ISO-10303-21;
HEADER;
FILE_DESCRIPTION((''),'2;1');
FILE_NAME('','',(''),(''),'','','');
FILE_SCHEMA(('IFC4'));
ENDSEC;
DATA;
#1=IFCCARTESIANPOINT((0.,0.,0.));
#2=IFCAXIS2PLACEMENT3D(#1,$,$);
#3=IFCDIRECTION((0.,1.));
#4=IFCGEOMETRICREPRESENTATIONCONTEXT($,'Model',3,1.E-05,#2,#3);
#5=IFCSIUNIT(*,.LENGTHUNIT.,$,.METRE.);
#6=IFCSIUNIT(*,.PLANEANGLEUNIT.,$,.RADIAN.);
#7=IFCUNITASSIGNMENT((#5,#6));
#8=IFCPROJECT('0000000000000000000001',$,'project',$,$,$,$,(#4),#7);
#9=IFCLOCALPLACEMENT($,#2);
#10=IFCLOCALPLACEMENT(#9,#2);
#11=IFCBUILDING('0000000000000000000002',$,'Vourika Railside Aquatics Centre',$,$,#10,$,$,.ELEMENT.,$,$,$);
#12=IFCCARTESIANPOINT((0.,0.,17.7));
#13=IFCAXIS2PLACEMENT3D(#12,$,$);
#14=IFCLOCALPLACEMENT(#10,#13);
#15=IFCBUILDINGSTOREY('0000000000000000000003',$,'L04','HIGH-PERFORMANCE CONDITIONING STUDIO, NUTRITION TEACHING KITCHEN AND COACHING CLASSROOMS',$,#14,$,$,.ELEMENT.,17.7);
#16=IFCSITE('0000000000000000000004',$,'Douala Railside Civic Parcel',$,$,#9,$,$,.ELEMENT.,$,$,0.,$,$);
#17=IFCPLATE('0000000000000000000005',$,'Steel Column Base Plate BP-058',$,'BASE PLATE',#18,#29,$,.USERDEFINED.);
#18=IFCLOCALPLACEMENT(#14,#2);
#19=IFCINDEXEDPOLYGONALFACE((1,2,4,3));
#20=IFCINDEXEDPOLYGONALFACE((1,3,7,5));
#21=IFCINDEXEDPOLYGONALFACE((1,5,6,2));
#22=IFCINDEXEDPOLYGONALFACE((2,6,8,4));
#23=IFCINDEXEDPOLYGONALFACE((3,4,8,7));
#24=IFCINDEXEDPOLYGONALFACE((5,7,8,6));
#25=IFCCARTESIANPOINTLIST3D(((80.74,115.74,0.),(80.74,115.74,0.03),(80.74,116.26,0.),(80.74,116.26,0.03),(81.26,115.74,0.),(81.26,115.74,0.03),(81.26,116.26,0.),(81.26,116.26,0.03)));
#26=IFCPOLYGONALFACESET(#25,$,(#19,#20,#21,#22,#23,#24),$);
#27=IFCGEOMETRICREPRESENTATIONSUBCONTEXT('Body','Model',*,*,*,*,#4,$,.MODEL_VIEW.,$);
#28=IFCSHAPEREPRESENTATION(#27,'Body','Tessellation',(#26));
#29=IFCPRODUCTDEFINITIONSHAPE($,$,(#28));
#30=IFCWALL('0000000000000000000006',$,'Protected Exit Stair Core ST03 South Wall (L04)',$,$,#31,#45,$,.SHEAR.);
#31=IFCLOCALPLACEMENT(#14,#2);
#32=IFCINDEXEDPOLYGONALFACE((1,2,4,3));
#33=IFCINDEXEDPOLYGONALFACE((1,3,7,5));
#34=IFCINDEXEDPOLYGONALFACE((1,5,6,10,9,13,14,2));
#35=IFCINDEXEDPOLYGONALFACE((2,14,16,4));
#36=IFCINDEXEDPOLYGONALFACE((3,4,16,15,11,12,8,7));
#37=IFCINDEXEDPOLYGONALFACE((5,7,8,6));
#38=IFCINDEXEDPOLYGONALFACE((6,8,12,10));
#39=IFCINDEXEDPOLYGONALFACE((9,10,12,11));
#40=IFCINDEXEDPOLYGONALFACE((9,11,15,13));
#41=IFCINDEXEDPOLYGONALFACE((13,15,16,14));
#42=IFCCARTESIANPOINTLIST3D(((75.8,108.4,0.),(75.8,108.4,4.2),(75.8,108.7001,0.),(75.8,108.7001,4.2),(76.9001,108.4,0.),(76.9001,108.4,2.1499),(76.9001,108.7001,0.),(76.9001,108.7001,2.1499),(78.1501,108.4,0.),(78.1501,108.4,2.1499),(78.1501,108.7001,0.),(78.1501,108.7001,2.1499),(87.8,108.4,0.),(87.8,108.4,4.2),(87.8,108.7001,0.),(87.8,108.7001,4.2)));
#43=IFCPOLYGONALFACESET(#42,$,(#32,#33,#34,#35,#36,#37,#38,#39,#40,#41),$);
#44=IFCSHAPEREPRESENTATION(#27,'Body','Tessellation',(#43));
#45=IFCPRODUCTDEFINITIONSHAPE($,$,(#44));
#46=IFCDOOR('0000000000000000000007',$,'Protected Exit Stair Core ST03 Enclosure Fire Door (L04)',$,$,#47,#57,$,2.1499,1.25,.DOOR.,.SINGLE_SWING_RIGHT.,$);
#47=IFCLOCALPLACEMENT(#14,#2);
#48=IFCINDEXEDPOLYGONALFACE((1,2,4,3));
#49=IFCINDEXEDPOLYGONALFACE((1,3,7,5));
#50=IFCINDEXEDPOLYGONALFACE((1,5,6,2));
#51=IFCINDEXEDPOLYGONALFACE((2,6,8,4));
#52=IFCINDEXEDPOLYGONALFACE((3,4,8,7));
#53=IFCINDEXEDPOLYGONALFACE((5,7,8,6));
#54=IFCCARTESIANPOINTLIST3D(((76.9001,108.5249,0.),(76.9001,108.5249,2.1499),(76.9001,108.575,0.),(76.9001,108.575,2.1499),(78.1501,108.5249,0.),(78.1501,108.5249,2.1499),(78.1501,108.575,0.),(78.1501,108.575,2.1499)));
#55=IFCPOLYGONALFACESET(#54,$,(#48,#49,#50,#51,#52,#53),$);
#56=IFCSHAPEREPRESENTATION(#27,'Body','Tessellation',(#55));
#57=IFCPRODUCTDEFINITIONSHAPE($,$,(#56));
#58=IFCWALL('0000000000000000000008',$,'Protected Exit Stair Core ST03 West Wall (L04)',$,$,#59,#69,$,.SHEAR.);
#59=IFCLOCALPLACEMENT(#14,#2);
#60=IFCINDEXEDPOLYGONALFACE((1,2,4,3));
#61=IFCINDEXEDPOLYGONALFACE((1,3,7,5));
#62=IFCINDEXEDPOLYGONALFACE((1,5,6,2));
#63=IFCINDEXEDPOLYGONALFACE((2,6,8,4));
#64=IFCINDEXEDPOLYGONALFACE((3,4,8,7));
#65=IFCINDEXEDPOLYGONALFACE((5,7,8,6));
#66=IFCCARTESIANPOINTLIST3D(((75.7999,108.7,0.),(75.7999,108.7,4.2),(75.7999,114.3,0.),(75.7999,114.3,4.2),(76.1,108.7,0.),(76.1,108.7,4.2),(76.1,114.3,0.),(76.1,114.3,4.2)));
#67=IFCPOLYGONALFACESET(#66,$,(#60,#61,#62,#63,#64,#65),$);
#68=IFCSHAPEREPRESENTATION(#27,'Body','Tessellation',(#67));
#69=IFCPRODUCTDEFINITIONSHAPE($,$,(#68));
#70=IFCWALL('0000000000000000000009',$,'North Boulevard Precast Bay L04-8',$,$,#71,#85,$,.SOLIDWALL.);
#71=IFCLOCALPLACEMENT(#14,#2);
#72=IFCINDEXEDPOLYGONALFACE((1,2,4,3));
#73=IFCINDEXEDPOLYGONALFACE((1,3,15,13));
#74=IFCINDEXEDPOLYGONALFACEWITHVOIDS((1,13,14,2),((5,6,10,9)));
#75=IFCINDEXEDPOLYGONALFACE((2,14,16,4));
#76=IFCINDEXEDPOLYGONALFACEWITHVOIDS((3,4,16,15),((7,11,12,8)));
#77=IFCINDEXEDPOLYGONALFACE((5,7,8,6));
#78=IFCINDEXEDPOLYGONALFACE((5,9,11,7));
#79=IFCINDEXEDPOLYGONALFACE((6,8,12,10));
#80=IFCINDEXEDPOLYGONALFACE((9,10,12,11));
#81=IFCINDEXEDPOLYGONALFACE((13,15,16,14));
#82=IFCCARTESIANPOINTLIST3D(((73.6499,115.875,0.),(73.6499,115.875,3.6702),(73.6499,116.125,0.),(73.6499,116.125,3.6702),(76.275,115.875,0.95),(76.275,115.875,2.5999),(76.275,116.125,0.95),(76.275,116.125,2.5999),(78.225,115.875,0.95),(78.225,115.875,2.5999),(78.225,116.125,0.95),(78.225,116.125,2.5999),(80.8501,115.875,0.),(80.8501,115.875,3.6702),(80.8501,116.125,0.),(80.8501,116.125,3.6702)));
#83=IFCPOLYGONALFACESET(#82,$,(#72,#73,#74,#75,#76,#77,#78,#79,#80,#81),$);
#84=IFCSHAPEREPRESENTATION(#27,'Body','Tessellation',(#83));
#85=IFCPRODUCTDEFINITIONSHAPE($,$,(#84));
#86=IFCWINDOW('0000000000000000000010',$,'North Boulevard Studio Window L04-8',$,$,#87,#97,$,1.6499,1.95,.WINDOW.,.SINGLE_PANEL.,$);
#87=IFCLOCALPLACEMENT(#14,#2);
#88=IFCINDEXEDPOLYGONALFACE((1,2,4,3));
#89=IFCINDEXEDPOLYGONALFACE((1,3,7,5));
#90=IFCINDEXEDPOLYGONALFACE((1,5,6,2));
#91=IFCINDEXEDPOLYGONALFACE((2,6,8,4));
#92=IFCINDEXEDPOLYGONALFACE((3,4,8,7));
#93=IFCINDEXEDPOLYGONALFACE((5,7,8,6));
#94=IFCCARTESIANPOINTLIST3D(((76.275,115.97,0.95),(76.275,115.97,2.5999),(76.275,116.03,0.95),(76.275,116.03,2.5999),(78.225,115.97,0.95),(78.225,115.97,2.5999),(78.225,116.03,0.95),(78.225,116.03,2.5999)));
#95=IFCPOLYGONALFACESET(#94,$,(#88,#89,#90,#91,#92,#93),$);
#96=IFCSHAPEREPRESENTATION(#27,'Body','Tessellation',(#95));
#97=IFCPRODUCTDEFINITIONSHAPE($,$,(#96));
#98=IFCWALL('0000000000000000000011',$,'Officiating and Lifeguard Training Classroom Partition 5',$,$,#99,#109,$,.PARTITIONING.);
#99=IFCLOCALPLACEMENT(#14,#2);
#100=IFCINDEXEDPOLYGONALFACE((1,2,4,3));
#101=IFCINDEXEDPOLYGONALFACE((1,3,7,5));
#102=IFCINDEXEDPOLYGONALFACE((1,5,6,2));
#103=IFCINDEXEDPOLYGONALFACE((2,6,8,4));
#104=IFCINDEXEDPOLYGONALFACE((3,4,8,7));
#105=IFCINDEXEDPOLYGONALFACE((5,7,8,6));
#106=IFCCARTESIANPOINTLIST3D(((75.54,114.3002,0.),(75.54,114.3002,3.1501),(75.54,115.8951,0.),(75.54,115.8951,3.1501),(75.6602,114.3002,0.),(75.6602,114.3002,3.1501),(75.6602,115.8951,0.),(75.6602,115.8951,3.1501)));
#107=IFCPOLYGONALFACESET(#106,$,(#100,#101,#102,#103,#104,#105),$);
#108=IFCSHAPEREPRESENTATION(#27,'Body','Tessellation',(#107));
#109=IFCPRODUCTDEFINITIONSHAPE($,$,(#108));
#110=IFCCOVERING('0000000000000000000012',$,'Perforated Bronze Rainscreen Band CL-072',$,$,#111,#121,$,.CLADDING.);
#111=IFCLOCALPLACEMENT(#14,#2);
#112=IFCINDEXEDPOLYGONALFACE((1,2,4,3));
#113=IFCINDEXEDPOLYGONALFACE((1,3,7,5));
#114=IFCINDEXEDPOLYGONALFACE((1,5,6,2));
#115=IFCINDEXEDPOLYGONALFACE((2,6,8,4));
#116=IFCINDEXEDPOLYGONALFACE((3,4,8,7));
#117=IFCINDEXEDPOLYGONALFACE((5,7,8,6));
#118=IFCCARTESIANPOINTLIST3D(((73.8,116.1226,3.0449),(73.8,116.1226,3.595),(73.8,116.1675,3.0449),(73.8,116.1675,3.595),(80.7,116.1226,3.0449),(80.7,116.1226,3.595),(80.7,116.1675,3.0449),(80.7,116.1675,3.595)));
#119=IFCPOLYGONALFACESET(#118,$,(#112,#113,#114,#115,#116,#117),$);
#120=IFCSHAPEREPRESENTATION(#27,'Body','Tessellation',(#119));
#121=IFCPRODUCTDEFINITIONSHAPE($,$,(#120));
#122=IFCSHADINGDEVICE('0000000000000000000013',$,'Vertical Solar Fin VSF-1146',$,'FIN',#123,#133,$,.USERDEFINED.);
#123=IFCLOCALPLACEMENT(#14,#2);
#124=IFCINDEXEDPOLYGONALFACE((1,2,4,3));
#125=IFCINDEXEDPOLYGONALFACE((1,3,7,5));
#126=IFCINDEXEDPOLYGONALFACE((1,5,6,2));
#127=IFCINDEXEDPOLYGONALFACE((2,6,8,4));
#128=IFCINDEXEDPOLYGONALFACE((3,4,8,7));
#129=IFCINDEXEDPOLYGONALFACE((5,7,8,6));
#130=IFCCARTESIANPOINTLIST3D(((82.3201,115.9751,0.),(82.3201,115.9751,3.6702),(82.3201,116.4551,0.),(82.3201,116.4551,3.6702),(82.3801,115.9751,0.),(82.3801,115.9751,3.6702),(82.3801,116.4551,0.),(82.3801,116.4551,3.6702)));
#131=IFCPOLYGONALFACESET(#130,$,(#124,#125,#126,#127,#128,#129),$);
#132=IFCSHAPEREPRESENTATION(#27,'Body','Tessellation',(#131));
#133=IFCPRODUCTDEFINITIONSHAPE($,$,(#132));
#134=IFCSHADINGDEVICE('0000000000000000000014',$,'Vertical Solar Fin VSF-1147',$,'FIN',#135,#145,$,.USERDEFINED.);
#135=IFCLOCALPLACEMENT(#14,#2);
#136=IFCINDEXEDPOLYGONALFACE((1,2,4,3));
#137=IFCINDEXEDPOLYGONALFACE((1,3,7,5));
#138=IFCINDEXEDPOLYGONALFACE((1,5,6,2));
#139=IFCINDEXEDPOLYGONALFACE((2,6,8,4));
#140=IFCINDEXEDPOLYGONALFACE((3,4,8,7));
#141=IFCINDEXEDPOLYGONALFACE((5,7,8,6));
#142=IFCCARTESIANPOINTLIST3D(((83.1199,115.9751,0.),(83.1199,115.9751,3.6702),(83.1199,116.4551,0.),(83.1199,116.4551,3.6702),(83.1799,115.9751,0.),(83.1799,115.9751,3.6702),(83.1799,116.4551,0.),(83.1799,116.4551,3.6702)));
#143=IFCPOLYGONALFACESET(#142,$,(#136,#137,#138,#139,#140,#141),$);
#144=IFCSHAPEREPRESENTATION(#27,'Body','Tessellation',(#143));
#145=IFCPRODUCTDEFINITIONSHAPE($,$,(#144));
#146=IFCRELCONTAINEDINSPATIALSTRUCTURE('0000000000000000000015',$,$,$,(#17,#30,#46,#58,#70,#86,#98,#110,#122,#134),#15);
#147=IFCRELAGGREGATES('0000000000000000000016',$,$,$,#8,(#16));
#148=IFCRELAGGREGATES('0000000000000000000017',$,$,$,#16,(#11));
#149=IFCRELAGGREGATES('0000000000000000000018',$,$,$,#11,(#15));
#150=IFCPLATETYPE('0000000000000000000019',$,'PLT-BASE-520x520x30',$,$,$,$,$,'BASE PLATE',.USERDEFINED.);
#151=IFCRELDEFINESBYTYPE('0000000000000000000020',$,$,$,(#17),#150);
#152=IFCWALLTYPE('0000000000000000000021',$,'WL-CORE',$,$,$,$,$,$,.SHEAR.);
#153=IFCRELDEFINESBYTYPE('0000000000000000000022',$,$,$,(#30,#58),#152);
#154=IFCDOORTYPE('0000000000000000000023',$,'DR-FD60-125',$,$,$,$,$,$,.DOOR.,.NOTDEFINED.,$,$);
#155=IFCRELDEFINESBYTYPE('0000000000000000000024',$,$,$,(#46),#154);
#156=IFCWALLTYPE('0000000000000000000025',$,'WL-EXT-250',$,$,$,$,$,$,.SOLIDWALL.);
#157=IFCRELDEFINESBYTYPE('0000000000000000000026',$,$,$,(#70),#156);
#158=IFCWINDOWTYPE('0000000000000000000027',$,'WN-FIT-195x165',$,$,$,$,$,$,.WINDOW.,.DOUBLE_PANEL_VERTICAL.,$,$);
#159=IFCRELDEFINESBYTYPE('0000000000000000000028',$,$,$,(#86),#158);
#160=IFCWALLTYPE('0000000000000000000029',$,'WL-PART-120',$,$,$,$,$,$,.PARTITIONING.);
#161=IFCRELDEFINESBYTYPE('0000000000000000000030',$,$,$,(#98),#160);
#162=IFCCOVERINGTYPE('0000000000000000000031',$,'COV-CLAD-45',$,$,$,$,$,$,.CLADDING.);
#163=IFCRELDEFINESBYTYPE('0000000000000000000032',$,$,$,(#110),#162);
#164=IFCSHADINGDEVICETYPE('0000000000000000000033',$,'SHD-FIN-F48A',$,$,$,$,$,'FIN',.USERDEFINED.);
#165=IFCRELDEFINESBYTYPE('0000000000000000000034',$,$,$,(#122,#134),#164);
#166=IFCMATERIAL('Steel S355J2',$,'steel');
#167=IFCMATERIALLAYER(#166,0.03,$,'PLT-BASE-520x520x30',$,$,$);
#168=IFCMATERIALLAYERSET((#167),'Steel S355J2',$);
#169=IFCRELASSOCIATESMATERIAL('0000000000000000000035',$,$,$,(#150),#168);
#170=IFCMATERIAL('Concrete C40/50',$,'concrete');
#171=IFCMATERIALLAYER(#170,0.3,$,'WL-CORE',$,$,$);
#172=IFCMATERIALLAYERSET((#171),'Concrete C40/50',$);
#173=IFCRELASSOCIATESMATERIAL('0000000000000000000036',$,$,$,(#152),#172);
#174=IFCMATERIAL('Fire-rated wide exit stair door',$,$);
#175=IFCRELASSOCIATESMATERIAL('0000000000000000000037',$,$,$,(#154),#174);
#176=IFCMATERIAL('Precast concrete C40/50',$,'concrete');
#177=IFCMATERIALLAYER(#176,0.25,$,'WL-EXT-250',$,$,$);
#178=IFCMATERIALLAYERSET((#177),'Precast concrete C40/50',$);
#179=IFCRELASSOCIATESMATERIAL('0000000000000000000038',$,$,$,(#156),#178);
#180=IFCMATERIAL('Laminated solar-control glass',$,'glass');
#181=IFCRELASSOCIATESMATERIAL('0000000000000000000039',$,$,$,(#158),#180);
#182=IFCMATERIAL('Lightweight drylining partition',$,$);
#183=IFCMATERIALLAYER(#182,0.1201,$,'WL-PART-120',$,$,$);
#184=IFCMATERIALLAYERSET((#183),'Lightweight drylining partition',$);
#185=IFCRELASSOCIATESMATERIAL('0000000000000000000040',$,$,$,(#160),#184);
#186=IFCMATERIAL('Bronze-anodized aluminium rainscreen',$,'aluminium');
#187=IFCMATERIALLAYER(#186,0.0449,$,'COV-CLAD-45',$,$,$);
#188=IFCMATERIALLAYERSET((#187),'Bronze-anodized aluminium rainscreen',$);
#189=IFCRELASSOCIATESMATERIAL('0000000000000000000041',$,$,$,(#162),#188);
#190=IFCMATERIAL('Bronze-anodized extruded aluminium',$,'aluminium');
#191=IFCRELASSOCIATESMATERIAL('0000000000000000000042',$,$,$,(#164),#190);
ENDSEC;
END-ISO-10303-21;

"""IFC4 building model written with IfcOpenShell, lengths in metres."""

from ifc_helpers import new_model, si_unit, direction, frame, frame_2d, origin, origin_2d, place, context, subcontext, project, spatial, rectangle, extrude, material, layer, layer_set, material_profile, profile_set, type_object, element, fill, save


model = new_model("IFC4")

# Units and contexts
model_context = context("Model", 3, precision=1e-05, world=origin(), true_north=direction((0.0, 1.0)))
body_context = subcontext(model_context, "Body", "Model", "MODEL_VIEW")
ifc_project = project(units=[si_unit("LENGTHUNIT", "METRE"), si_unit("PLANEANGLEUNIT", "RADIAN")], contexts=[model_context])

# Site, building, storey
site_placement = place(None, origin())
site = spatial("IfcSite", under=ifc_project, at=site_placement, Name="Douala Railside Civic Parcel", CompositionType="ELEMENT", RefElevation=0.0)
building_placement = place(site_placement, origin())
building = spatial("IfcBuilding", under=site, at=building_placement, Name="Vourika Railside Aquatics Centre", CompositionType="ELEMENT")
storey_placement = place(building_placement, frame((0.0, 0.0, 17.7)))
storey = spatial("IfcBuildingStorey", under=building, at=storey_placement, Name="L04", Description="HIGH-PERFORMANCE CONDITIONING STUDIO, NUTRITION TEACHING KITCHEN AND COACHING CLASSROOMS", CompositionType="ELEMENT", Elevation=17.7)

# Shared definitions
ifc_material_1 = material(Name="Steel S355J2", Category="steel")

# Plate
ifc_layer_1 = layer(ifc_material_1, 0.03, Name="PLT-BASE-520x520x30")
ifc_layer_set_1 = layer_set([ifc_layer_1], Name="Steel S355J2")
plate_type_1 = type_object("IfcPlateType", Name="PLT-BASE-520x520x30", ElementType="BASE PLATE", PredefinedType="USERDEFINED", material=ifc_layer_set_1)
plate_1_placement = place(storey_placement, frame((81.0, 116.0, 0.0), z_axis=(0.0, 0.0, 1.0), x_axis=(1.0, 0.0, 0.0)))
element("IfcPlate", 1, at=plate_1_placement, inside=storey, type_object=plate_type_1, Name="Steel Column Base Plate BP-058", ObjectType="BASE PLATE", PredefinedType="USERDEFINED", context=body_context, shape_type="SweptSolid", body=[
    extrude(rectangle(XDim=0.52, YDim=0.52, at=origin_2d()), origin(), (0.0, 0.0, 1.0), 0.03),
])

# Wall, opening, door
ifc_material_2 = material(Name="Concrete C40/50", Category="concrete")
ifc_layer_2 = layer(ifc_material_2, 0.3, Name="WL-CORE")
ifc_layer_set_2 = layer_set([ifc_layer_2], Name="Concrete C40/50")
wall_type_1 = type_object("IfcWallType", Name="WL-CORE", PredefinedType="SHEAR", material=ifc_layer_set_2)
wall_1_placement = place(storey_placement, frame((75.8, 108.55, 0.0), z_axis=(0.0, 0.0, 1.0), x_axis=(1.0, 0.0, 0.0)))
wall_1 = element("IfcWall", 2, at=wall_1_placement, inside=storey, type_object=wall_type_1, Name="Protected Exit Stair Core ST03 South Wall (L04)", PredefinedType="SHEAR", context=body_context, shape_type="SweptSolid", body=[
    extrude(rectangle(XDim=12.0, YDim=0.3, at=frame_2d((6.0, 0.0))), origin(), (0.0, 0.0, 1.0), 4.2),
])
opening_1_placement = place(wall_1_placement, frame((1.1001, 0.0, 0.0)))
opening_1 = element("IfcOpeningElement", 3, at=opening_1_placement, cuts=wall_1, PredefinedType="OPENING", context=body_context, shape_type="SweptSolid", body=[
    extrude(rectangle(XDim=1.25, YDim=2.1499, at=frame_2d((0.625, 1.075))), frame((0.0, 0.1602, 0.0), z_axis=(0.0, -1.0, 0.0), x_axis=(1.0, 0.0, 0.0)), (0.0, 0.0, 1.0), 0.3201),
])
ifc_material_3 = material(Name="Fire-rated wide exit stair door")
door_type = type_object("IfcDoorType", Name="DR-FD60-125", OperationType="NOTDEFINED", PredefinedType="DOOR", material=ifc_material_3)
door_placement = place(opening_1_placement, origin())
door = element("IfcDoor", 4, at=door_placement, inside=storey, type_object=door_type, Name="Protected Exit Stair Core ST03 Enclosure Fire Door (L04)", OperationType="SINGLE_SWING_RIGHT", OverallHeight=2.1499, OverallWidth=1.25, PredefinedType="DOOR", context=body_context, shape_type="SweptSolid", body=[
    extrude(rectangle(XDim=1.25, YDim=2.1499, at=frame_2d((0.625, 1.075))), frame((0.0, 0.0249, 0.0), z_axis=(0.0, -1.0, 0.0), x_axis=(1.0, 0.0, 0.0)), (0.0, 0.0, 1.0), 0.05),
])
fill(opening_1, door)

# Wall
wall_2_placement = place(storey_placement, frame((75.95, 114.3, 0.0), z_axis=(0.0, 0.0, 1.0), x_axis=(0.0, -1.0, 0.0)))
element("IfcWall", 5, at=wall_2_placement, inside=storey, type_object=wall_type_1, Name="Protected Exit Stair Core ST03 West Wall (L04)", PredefinedType="SHEAR", context=body_context, shape_type="SweptSolid", body=[
    extrude(rectangle(XDim=5.6001, YDim=0.3, at=frame_2d((2.8, 0.0))), origin(), (0.0, 0.0, 1.0), 4.2),
])

# Wall, opening, window
ifc_material_4 = material(Name="Precast concrete C40/50", Category="concrete")
ifc_layer_3 = layer(ifc_material_4, 0.25, Name="WL-EXT-250")
ifc_layer_set_3 = layer_set([ifc_layer_3], Name="Precast concrete C40/50")
wall_type_2 = type_object("IfcWallType", Name="WL-EXT-250", PredefinedType="SOLIDWALL", material=ifc_layer_set_3)
wall_3_placement = place(storey_placement, frame((80.8501, 116.0, 0.0), z_axis=(0.0, 0.0, 1.0), x_axis=(-1.0, 0.0, 0.0)))
wall_3 = element("IfcWall", 6, at=wall_3_placement, inside=storey, type_object=wall_type_2, Name="North Boulevard Precast Bay L04-8", PredefinedType="SOLIDWALL", context=body_context, shape_type="SweptSolid", body=[
    extrude(rectangle(XDim=7.2002, YDim=0.25, at=frame_2d((3.6001, 0.0))), origin(), (0.0, 0.0, 1.0), 3.6702),
])
opening_2_placement = place(wall_3_placement, frame((2.625, 0.0, 0.95)))
opening_2 = element("IfcOpeningElement", 7, at=opening_2_placement, cuts=wall_3, PredefinedType="OPENING", context=body_context, shape_type="SweptSolid", body=[
    extrude(rectangle(XDim=1.95, YDim=1.6499, at=frame_2d((0.9751, 0.825))), frame((0.0, 0.135, 0.0), z_axis=(0.0, -1.0, 0.0), x_axis=(1.0, 0.0, 0.0)), (0.0, 0.0, 1.0), 0.27),
])
ifc_material_5 = material(Name="Laminated solar-control glass", Category="glass")
window_type = type_object("IfcWindowType", Name="WN-FIT-195x165", PartitioningType="DOUBLE_PANEL_VERTICAL", PredefinedType="WINDOW", material=ifc_material_5)
window_placement = place(opening_2_placement, origin())
window = element("IfcWindow", 8, at=window_placement, inside=storey, type_object=window_type, Name="North Boulevard Studio Window L04-8", OverallHeight=1.6499, OverallWidth=1.95, PartitioningType="SINGLE_PANEL", PredefinedType="WINDOW", context=body_context, shape_type="SweptSolid", body=[
    extrude(rectangle(XDim=1.95, YDim=1.6499, at=frame_2d((0.9751, 0.825))), frame((0.0, 0.03, 0.0), z_axis=(0.0, -1.0, 0.0), x_axis=(1.0, 0.0, 0.0)), (0.0, 0.0, 1.0), 0.0601),
])
fill(opening_2, window)

# Wall
ifc_material_6 = material(Name="Lightweight drylining partition")
ifc_layer_4 = layer(ifc_material_6, 0.1201, Name="WL-PART-120")
ifc_layer_set_4 = layer_set([ifc_layer_4], Name="Lightweight drylining partition")
wall_type_3 = type_object("IfcWallType", Name="WL-PART-120", PredefinedType="PARTITIONING", material=ifc_layer_set_4)
wall_4_placement = place(storey_placement, frame((75.6001, 115.895, 0.0), z_axis=(0.0, 0.0, 1.0), x_axis=(0.0, -1.0, 0.0)))
element("IfcWall", 9, at=wall_4_placement, inside=storey, type_object=wall_type_3, Name="Officiating and Lifeguard Training Classroom Partition 5", PredefinedType="PARTITIONING", context=body_context, shape_type="SweptSolid", body=[
    extrude(rectangle(XDim=1.595, YDim=0.1201, at=frame_2d((0.7974, 0.0))), origin(), (0.0, 0.0, 1.0), 3.1501),
])

# Covering
ifc_material_7 = material(Name="Bronze-anodized aluminium rainscreen", Category="aluminium")
ifc_layer_5 = layer(ifc_material_7, 0.0449, Name="COV-CLAD-45")
ifc_layer_set_5 = layer_set([ifc_layer_5], Name="Bronze-anodized aluminium rainscreen")
covering_type = type_object("IfcCoveringType", Name="COV-CLAD-45", PredefinedType="CLADDING", material=ifc_layer_set_5)
covering_placement = place(storey_placement, frame((77.25, 116.145, 3.0449), z_axis=(0.0, 0.0, 1.0), x_axis=(-1.0, 0.0, 0.0)))
element("IfcCovering", 10, at=covering_placement, inside=storey, type_object=covering_type, Name="Perforated Bronze Rainscreen Band CL-072", PredefinedType="CLADDING", context=body_context, shape_type="SweptSolid", body=[
    extrude(rectangle(XDim=6.8999, YDim=0.0449, at=origin_2d()), origin(), (0.0, 0.0, 1.0), 0.55),
])

# Shading devices
ifc_material_8 = material(Name="Bronze-anodized extruded aluminium", Category="aluminium")
ifc_material_profile_1 = material_profile(ifc_material_8, rectangle(XDim=0.0601, YDim=0.48, at=origin_2d()), Name="ALU-FIN 60x480")
ifc_profile_set_1 = profile_set([ifc_material_profile_1], Name="Bronze-anodized extruded aluminium")
shading_device_type = type_object("IfcShadingDeviceType", Name="SHD-FIN-F48A", ElementType="FIN", PredefinedType="USERDEFINED", material=ifc_profile_set_1)
for number, where, z_axis, x_axis, name in (
    (11, (82.3501, 116.2151, 0.0), (0.0, 0.0, 1.0), (1.0, 0.0, 0.0), "Vertical Solar Fin VSF-1146"),
    (12, (83.1499, 116.2151, 0.0), (0.0, 0.0, 1.0), (1.0, 0.0, 0.0), "Vertical Solar Fin VSF-1147"),
):
    element("IfcShadingDevice", number, at=place(storey_placement, frame(where, z_axis=z_axis, x_axis=x_axis)), inside=storey, type_object=shading_device_type, Name=name, ObjectType="FIN", PredefinedType="USERDEFINED", context=body_context, shape_type="SweptSolid", body=[
        extrude(rectangle(XDim=0.0601, YDim=0.48, at=origin_2d()), origin(), (0.0, 0.0, 1.0), 3.6702),
    ])

save(model, "model.ifc")
